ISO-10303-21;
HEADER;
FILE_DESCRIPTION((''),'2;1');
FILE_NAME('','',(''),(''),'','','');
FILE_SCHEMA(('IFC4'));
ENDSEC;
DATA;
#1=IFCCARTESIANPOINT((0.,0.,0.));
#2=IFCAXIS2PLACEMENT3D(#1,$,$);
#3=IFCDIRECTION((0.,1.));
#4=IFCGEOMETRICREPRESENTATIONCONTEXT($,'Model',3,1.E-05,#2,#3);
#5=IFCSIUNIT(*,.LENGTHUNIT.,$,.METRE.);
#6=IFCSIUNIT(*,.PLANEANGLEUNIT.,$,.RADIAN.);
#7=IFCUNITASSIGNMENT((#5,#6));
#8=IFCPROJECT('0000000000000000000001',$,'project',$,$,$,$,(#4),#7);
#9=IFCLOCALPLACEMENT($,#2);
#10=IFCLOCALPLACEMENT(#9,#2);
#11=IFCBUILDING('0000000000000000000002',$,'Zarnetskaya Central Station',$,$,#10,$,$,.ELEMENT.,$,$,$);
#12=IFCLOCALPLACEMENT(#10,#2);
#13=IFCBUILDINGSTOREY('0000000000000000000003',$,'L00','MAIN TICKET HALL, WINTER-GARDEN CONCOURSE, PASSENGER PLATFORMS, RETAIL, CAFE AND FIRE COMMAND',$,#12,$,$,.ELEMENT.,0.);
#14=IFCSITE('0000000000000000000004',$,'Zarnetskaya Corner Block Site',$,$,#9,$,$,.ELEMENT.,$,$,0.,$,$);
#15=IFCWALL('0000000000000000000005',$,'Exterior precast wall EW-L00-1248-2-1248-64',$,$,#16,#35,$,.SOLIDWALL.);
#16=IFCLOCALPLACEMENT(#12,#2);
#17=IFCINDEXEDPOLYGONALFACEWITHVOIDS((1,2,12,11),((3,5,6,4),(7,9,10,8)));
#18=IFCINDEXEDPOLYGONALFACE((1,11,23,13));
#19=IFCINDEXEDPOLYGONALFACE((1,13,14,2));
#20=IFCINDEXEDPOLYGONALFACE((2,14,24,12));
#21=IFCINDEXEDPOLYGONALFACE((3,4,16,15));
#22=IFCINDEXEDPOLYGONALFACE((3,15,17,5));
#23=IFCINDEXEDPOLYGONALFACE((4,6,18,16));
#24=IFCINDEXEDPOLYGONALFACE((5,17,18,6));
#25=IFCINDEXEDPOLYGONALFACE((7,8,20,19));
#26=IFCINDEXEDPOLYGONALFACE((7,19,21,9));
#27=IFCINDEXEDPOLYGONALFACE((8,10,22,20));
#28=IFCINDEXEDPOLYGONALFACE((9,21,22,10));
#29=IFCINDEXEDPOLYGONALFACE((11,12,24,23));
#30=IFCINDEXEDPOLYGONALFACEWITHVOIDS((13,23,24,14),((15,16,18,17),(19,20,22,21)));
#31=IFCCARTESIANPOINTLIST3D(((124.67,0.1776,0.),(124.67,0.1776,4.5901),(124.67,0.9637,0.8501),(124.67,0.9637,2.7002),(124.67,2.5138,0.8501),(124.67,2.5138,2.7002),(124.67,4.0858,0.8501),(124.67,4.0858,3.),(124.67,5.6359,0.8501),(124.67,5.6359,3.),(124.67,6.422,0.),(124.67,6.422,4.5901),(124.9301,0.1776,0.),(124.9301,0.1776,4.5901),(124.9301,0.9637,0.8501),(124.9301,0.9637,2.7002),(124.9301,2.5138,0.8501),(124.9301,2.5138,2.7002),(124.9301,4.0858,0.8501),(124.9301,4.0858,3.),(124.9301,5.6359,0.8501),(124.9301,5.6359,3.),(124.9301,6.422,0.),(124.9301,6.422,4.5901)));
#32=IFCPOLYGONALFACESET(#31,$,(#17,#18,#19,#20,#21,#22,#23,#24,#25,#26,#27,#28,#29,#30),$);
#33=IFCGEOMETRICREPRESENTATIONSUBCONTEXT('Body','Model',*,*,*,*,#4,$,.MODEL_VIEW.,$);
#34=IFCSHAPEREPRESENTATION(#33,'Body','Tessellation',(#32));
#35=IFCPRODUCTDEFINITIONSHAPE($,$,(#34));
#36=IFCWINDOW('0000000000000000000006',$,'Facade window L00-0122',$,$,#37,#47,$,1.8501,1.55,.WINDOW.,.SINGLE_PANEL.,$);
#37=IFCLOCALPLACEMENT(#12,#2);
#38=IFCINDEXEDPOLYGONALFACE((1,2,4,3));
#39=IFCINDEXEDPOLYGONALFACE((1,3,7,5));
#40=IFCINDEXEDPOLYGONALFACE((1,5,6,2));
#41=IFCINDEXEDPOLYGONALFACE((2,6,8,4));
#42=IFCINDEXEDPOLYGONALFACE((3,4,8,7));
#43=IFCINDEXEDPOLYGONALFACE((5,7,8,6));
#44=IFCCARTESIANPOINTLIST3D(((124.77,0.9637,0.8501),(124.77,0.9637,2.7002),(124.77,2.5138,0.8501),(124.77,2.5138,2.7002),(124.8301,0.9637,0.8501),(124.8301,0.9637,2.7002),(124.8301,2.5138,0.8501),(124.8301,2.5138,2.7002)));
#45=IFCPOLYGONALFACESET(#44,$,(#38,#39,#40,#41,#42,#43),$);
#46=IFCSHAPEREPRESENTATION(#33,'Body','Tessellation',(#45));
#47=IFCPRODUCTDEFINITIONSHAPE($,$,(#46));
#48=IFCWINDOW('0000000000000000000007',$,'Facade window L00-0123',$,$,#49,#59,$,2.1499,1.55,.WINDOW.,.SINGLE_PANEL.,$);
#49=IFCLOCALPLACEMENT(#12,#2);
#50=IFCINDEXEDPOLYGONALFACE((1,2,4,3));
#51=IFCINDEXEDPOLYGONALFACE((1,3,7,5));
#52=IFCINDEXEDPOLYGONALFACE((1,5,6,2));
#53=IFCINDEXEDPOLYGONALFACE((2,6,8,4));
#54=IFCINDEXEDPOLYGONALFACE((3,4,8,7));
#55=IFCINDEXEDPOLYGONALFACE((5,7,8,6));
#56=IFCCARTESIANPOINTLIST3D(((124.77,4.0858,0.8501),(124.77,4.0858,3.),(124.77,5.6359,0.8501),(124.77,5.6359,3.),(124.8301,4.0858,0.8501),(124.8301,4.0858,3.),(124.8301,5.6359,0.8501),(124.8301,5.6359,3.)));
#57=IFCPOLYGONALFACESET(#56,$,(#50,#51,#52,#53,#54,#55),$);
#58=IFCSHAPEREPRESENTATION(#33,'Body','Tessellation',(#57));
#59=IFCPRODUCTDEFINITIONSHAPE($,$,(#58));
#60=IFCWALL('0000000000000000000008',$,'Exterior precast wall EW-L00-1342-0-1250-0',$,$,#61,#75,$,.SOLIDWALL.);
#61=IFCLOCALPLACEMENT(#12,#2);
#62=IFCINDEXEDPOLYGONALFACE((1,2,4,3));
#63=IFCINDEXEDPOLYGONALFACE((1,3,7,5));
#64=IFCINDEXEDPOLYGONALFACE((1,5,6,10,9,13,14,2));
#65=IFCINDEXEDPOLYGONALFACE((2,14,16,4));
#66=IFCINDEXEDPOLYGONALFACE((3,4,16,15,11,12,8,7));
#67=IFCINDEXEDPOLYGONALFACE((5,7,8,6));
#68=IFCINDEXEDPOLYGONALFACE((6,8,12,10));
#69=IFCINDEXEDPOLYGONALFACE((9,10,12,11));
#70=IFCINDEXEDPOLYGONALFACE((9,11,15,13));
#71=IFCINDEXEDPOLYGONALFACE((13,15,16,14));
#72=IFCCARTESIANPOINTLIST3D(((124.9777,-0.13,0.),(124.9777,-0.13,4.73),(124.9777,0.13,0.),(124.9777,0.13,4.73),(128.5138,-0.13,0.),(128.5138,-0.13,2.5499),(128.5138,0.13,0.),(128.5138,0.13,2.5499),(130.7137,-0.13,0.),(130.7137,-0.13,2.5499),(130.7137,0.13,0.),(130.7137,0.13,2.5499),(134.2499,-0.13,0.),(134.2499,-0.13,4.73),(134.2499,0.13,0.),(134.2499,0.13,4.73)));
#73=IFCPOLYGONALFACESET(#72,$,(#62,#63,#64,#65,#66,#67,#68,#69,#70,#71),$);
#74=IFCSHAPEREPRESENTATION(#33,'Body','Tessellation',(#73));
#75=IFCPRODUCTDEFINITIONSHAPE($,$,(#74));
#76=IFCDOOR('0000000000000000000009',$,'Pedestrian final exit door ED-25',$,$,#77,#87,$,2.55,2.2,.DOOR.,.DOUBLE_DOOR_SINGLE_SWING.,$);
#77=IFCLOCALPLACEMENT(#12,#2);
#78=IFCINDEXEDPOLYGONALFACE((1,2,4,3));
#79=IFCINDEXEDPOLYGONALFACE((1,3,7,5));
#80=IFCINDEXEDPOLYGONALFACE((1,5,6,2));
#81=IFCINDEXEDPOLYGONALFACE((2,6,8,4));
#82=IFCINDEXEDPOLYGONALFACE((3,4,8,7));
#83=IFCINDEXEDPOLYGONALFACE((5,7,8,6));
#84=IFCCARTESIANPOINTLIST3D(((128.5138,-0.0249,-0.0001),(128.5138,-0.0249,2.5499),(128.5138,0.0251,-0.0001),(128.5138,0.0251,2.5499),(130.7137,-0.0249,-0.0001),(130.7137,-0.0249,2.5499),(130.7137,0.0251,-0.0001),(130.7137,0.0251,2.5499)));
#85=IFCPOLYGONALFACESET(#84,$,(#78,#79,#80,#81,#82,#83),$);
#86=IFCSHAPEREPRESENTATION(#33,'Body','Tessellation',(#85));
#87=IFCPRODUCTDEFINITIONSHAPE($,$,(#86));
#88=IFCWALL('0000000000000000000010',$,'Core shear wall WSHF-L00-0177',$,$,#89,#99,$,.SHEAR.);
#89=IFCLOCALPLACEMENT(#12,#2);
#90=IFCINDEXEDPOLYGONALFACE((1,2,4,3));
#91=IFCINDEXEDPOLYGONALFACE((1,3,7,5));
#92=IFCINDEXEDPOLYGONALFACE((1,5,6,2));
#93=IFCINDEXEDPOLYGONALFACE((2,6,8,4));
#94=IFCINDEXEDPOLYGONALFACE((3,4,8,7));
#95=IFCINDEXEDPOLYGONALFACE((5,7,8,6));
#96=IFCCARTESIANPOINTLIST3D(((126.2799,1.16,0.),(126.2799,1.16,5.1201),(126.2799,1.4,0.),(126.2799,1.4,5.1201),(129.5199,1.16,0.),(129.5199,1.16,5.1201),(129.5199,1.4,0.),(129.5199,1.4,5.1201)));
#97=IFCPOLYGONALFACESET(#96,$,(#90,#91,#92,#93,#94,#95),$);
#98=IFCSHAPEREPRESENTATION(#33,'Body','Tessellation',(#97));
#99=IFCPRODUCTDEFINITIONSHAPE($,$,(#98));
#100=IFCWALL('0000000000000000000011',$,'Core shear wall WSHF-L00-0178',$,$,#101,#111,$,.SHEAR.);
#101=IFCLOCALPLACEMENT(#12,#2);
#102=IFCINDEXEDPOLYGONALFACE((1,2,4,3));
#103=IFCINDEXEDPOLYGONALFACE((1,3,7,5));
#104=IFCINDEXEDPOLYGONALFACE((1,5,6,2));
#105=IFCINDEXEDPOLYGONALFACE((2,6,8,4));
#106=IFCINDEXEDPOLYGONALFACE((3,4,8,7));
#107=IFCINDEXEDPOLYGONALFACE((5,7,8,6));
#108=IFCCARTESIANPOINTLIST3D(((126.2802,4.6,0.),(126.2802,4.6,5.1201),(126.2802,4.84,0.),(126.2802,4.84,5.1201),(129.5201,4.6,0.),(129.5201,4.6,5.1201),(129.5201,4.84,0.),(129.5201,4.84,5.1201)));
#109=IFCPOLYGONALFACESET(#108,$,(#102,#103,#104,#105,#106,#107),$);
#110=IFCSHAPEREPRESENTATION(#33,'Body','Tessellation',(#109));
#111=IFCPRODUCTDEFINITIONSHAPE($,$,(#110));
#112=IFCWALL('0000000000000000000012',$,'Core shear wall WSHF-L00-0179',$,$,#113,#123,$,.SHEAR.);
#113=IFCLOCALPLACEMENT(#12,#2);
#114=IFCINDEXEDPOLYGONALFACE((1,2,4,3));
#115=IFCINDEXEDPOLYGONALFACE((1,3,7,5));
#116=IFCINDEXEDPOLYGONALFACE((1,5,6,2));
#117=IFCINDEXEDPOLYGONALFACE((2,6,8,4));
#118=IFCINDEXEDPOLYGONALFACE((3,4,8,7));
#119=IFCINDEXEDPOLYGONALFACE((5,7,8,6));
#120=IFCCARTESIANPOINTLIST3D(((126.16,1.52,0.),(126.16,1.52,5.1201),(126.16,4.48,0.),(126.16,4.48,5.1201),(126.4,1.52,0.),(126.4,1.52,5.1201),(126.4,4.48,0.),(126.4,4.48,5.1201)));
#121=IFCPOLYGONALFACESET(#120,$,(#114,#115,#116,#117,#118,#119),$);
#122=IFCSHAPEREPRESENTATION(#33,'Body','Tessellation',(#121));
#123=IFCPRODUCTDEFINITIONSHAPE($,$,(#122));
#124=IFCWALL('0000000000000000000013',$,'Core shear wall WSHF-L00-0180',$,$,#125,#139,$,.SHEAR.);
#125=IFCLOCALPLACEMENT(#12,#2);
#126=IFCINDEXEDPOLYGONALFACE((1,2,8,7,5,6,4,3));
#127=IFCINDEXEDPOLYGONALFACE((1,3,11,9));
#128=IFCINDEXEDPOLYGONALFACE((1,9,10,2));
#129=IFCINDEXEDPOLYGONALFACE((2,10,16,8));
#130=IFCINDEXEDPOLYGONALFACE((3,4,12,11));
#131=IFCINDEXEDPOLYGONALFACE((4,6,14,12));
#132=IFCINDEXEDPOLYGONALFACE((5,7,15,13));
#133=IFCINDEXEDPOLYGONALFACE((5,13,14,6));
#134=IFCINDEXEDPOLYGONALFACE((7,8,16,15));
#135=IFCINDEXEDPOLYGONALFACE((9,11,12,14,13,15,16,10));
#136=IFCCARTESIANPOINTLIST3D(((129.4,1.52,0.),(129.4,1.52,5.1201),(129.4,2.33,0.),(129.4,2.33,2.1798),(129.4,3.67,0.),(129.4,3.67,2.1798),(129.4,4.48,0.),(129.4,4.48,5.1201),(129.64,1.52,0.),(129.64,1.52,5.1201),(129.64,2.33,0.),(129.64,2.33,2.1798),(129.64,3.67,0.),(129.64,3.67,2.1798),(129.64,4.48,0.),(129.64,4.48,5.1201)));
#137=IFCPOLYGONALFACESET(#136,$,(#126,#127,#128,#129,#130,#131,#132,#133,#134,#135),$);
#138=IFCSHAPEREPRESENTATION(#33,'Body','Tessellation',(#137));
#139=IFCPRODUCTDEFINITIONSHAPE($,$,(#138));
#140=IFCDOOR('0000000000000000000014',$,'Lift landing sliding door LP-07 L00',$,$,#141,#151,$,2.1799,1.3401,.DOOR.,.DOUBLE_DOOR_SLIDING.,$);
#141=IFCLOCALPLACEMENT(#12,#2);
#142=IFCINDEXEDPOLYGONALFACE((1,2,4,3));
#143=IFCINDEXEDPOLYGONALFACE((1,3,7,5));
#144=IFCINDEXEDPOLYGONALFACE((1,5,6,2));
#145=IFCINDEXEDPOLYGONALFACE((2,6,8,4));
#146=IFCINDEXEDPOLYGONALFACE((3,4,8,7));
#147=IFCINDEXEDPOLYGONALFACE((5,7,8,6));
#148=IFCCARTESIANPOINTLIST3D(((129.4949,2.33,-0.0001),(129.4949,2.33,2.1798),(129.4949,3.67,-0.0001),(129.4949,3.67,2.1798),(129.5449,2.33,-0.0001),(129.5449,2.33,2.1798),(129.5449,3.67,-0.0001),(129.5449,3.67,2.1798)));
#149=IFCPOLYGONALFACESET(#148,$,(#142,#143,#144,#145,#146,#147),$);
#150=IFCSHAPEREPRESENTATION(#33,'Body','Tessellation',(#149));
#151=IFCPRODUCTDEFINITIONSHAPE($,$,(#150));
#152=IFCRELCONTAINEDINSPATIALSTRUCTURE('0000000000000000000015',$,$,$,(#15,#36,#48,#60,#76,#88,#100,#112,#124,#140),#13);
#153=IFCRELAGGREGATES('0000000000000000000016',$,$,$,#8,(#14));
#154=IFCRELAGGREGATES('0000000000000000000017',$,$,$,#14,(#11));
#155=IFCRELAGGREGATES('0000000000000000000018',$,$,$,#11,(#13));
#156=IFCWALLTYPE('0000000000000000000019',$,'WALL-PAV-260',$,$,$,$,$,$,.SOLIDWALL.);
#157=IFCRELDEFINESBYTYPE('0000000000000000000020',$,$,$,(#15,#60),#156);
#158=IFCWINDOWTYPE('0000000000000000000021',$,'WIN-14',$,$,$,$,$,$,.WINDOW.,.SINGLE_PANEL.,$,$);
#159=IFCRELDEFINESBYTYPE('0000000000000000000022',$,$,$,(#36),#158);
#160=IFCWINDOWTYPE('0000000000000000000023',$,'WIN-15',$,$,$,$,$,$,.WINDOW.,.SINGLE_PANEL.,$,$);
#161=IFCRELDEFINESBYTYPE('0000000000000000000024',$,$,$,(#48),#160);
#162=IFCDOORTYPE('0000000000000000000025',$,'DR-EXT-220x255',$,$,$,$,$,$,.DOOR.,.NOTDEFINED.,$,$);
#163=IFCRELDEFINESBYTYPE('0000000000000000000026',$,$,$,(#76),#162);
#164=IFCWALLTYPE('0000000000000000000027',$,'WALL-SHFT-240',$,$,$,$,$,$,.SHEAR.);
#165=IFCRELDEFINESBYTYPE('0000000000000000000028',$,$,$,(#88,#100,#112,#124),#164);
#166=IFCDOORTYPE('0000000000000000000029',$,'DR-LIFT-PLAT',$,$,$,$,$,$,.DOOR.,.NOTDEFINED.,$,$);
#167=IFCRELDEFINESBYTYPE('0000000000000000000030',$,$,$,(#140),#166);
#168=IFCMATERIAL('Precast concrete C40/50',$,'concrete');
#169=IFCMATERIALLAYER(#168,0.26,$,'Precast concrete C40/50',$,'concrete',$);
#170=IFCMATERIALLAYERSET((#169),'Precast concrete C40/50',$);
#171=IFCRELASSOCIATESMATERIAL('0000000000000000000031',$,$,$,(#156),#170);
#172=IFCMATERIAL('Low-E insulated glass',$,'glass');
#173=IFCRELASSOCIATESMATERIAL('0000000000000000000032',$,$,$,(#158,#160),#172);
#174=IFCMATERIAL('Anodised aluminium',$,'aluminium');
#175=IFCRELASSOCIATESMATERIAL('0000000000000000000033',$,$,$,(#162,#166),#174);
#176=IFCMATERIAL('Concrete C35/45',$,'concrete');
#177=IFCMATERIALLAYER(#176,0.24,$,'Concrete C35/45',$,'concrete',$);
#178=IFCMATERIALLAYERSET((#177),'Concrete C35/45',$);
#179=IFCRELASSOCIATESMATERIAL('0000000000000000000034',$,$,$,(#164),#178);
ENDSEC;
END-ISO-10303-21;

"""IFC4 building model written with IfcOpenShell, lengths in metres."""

from ifc_helpers import new_model, si_unit, direction, frame, frame_2d, origin, place, context, subcontext, project, spatial, rectangle, extrude, material, layer, layer_set, type_object, element, fill, save


model = new_model("IFC4")

# Units and contexts
model_context = context("Model", 3, precision=1e-05, world=origin(), true_north=direction((0.0, 1.0)))
body_context = subcontext(model_context, "Body", "Model", "MODEL_VIEW")
ifc_project = project(units=[si_unit("LENGTHUNIT", "METRE"), si_unit("PLANEANGLEUNIT", "RADIAN")], contexts=[model_context])

# Site, building, storey
site_placement = place(None, origin())
site = spatial("IfcSite", under=ifc_project, at=site_placement, Name="Zarnetskaya Corner Block Site", CompositionType="ELEMENT", RefElevation=0.0)
building_placement = place(site_placement, origin())
building = spatial("IfcBuilding", under=site, at=building_placement, Name="Zarnetskaya Central Station", CompositionType="ELEMENT")
storey_placement = place(building_placement, origin())
storey = spatial("IfcBuildingStorey", under=building, at=storey_placement, Name="L00", Description="MAIN TICKET HALL, WINTER-GARDEN CONCOURSE, PASSENGER PLATFORMS, RETAIL, CAFE AND FIRE COMMAND", CompositionType="ELEMENT", Elevation=0.0)

# Shared definitions
ifc_material_1 = material(Name="Low-E insulated glass", Category="glass")
ifc_material_2 = material(Name="Anodised aluminium", Category="aluminium")

# Wall, openings, windows
ifc_material_3 = material(Name="Precast concrete C40/50", Category="concrete")
ifc_layer_1 = layer(ifc_material_3, 0.26, Name="Precast concrete C40/50", Category="concrete")
ifc_layer_set_1 = layer_set([ifc_layer_1], Name="Precast concrete C40/50")
wall_type_1 = type_object("IfcWallType", Name="WALL-PAV-260", PredefinedType="SOLIDWALL", material=ifc_layer_set_1)
wall_1_placement = place(storey_placement, frame((124.8, 0.1777, 0.0), z_axis=(0.0, 0.0, 1.0), x_axis=(0.0, 1.0, 0.0)))
wall_1 = element("IfcWall", 1, at=wall_1_placement, inside=storey, type_object=wall_type_1, Name="Exterior precast wall EW-L00-1248-2-1248-64", PredefinedType="SOLIDWALL", context=body_context, shape_type="SweptSolid", body=[
    extrude(rectangle(XDim=6.2444, YDim=0.26, at=frame_2d((3.1221, 0.0))), origin(), (0.0, 0.0, 1.0), 4.5901),
])
opening_1_placement = place(wall_1_placement, frame((0.7861, 0.0, 0.8501)))
opening_1 = element("IfcOpeningElement", 2, at=opening_1_placement, cuts=wall_1, PredefinedType="OPENING", context=body_context, shape_type="SweptSolid", body=[
    extrude(rectangle(XDim=1.55, YDim=1.8501, at=frame_2d((0.7749, 0.925))), frame((0.0, 0.1401, 0.0), z_axis=(0.0, -1.0, 0.0), x_axis=(1.0, 0.0, 0.0)), (0.0, 0.0, 1.0), 0.28),
])
opening_2_placement = place(wall_1_placement, frame((3.9082, 0.0, 0.8501)))
opening_2 = element("IfcOpeningElement", 3, at=opening_2_placement, cuts=wall_1, PredefinedType="OPENING", context=body_context, shape_type="SweptSolid", body=[
    extrude(rectangle(XDim=1.55, YDim=2.1499, at=frame_2d((0.7749, 1.075))), frame((0.0, 0.1401, 0.0), z_axis=(0.0, -1.0, 0.0), x_axis=(1.0, 0.0, 0.0)), (0.0, 0.0, 1.0), 0.28),
])
window_type_1 = type_object("IfcWindowType", Name="WIN-14", PartitioningType="SINGLE_PANEL", PredefinedType="WINDOW", material=ifc_material_1)
window_1_placement = place(opening_1_placement, origin())
window_1 = element("IfcWindow", 4, at=window_1_placement, inside=storey, type_object=window_type_1, Name="Facade window L00-0122", OverallHeight=1.8501, OverallWidth=1.55, PartitioningType="SINGLE_PANEL", PredefinedType="WINDOW", context=body_context, shape_type="SweptSolid", body=[
    extrude(rectangle(XDim=1.55, YDim=1.8501, at=frame_2d((0.7749, 0.925))), frame((0.0, 0.03, 0.0), z_axis=(0.0, -1.0, 0.0), x_axis=(1.0, 0.0, 0.0)), (0.0, 0.0, 1.0), 0.0601),
])
fill(opening_1, window_1)
window_type_2 = type_object("IfcWindowType", Name="WIN-15", PartitioningType="SINGLE_PANEL", PredefinedType="WINDOW", material=ifc_material_1)
window_2_placement = place(opening_2_placement, origin())
window_2 = element("IfcWindow", 5, at=window_2_placement, inside=storey, type_object=window_type_2, Name="Facade window L00-0123", OverallHeight=2.1499, OverallWidth=1.55, PartitioningType="SINGLE_PANEL", PredefinedType="WINDOW", context=body_context, shape_type="SweptSolid", body=[
    extrude(rectangle(XDim=1.55, YDim=2.1499, at=frame_2d((0.7749, 1.075))), frame((0.0, 0.03, 0.0), z_axis=(0.0, -1.0, 0.0), x_axis=(1.0, 0.0, 0.0)), (0.0, 0.0, 1.0), 0.0601),
])
fill(opening_2, window_2)

# Wall, opening, door
wall_2_placement = place(storey_placement, frame((134.25, 0.0, 0.0), z_axis=(0.0, 0.0, 1.0), x_axis=(-1.0, 0.0, 0.0)))
wall_2 = element("IfcWall", 6, at=wall_2_placement, inside=storey, type_object=wall_type_1, Name="Exterior precast wall EW-L00-1342-0-1250-0", PredefinedType="SOLIDWALL", context=body_context, shape_type="SweptSolid", body=[
    extrude(rectangle(XDim=9.2722, YDim=0.26, at=frame_2d((4.6362, 0.0))), origin(), (0.0, 0.0, 1.0), 4.73),
])
opening_3_placement = place(wall_2_placement, frame((3.5361, 0.0, 0.0)))
opening_3 = element("IfcOpeningElement", 7, at=opening_3_placement, cuts=wall_2, PredefinedType="OPENING", context=body_context, shape_type="SweptSolid", body=[
    extrude(rectangle(XDim=2.2, YDim=2.55, at=frame_2d((1.1001, 1.2749))), frame((0.0, 0.1401, 0.0), z_axis=(0.0, -1.0, 0.0), x_axis=(1.0, 0.0, 0.0)), (0.0, 0.0, 1.0), 0.28),
])
door_type_1 = type_object("IfcDoorType", Name="DR-EXT-220x255", OperationType="NOTDEFINED", PredefinedType="DOOR", material=ifc_material_2)
door_1_placement = place(opening_3_placement, origin())
door_1 = element("IfcDoor", 8, at=door_1_placement, inside=storey, type_object=door_type_1, Name="Pedestrian final exit door ED-25", OperationType="DOUBLE_DOOR_SINGLE_SWING", OverallHeight=2.55, OverallWidth=2.2, PredefinedType="DOOR", context=body_context, shape_type="SweptSolid", body=[
    extrude(rectangle(XDim=2.2, YDim=2.55, at=frame_2d((1.1001, 1.2749))), frame((0.0, 0.0249, 0.0), z_axis=(0.0, -1.0, 0.0), x_axis=(1.0, 0.0, 0.0)), (0.0, 0.0, 1.0), 0.05),
])
fill(opening_3, door_1)

# Walls
ifc_material_4 = material(Name="Concrete C35/45", Category="concrete")
ifc_layer_2 = layer(ifc_material_4, 0.24, Name="Concrete C35/45", Category="concrete")
ifc_layer_set_2 = layer_set([ifc_layer_2], Name="Concrete C35/45")
wall_type_2 = type_object("IfcWallType", Name="WALL-SHFT-240", PredefinedType="SHEAR", material=ifc_layer_set_2)
for number, where, z_axis, x_axis, name in (
    (9, (129.52, 1.28, 0.0), (0.0, 0.0, 1.0), (-1.0, 0.0, 0.0), "Core shear wall WSHF-L00-0177"),
    (10, (126.28, 4.72, 0.0), (0.0, 0.0, 1.0), (1.0, 0.0, 0.0), "Core shear wall WSHF-L00-0178"),
):
    element("IfcWall", number, at=place(storey_placement, frame(where, z_axis=z_axis, x_axis=x_axis)), inside=storey, type_object=wall_type_2, Name=name, PredefinedType="SHEAR", context=body_context, shape_type="SweptSolid", body=[
        extrude(rectangle(XDim=3.24, YDim=0.24, at=frame_2d((1.6201, 0.0))), origin(), (0.0, 0.0, 1.0), 5.1201),
    ])
wall_3_placement = place(storey_placement, frame((126.28, 1.52, 0.0), z_axis=(0.0, 0.0, 1.0), x_axis=(0.0, 1.0, 0.0)))
element("IfcWall", 11, at=wall_3_placement, inside=storey, type_object=wall_type_2, Name="Core shear wall WSHF-L00-0179", PredefinedType="SHEAR", context=body_context, shape_type="SweptSolid", body=[
    extrude(rectangle(XDim=2.96, YDim=0.24, at=frame_2d((1.48, 0.0))), origin(), (0.0, 0.0, 1.0), 5.1201),
])

# Wall, opening, door
wall_4_placement = place(storey_placement, frame((129.52, 4.48, 0.0), z_axis=(0.0, 0.0, 1.0), x_axis=(0.0, -1.0, 0.0)))
wall_4 = element("IfcWall", 12, at=wall_4_placement, inside=storey, type_object=wall_type_2, Name="Core shear wall WSHF-L00-0180", PredefinedType="SHEAR", context=body_context, shape_type="SweptSolid", body=[
    extrude(rectangle(XDim=2.96, YDim=0.24, at=frame_2d((1.48, 0.0))), origin(), (0.0, 0.0, 1.0), 5.1201),
])
opening_4_placement = place(wall_4_placement, frame((0.8101, 0.0, 0.0)))
opening_4 = element("IfcOpeningElement", 13, at=opening_4_placement, cuts=wall_4, PredefinedType="OPENING", context=body_context, shape_type="SweptSolid", body=[
    extrude(rectangle(XDim=1.3401, YDim=2.1799, at=frame_2d((0.6699, 1.0898))), frame((0.0, 0.1299, 0.0), z_axis=(0.0, -1.0, 0.0), x_axis=(1.0, 0.0, 0.0)), (0.0, 0.0, 1.0), 0.26),
])
door_type_2 = type_object("IfcDoorType", Name="DR-LIFT-PLAT", OperationType="NOTDEFINED", PredefinedType="DOOR", material=ifc_material_2)
door_2_placement = place(opening_4_placement, origin())
door_2 = element("IfcDoor", 14, at=door_2_placement, inside=storey, type_object=door_type_2, Name="Lift landing sliding door LP-07 L00", OperationType="DOUBLE_DOOR_SLIDING", OverallHeight=2.1799, OverallWidth=1.3401, PredefinedType="DOOR", context=body_context, shape_type="SweptSolid", body=[
    extrude(rectangle(XDim=1.3401, YDim=2.1799, at=frame_2d((0.6699, 1.0898))), frame((0.0, 0.0249, 0.0), z_axis=(0.0, -1.0, 0.0), x_axis=(1.0, 0.0, 0.0)), (0.0, 0.0, 1.0), 0.05),
])
fill(opening_4, door_2)

save(model, "model.ifc")
